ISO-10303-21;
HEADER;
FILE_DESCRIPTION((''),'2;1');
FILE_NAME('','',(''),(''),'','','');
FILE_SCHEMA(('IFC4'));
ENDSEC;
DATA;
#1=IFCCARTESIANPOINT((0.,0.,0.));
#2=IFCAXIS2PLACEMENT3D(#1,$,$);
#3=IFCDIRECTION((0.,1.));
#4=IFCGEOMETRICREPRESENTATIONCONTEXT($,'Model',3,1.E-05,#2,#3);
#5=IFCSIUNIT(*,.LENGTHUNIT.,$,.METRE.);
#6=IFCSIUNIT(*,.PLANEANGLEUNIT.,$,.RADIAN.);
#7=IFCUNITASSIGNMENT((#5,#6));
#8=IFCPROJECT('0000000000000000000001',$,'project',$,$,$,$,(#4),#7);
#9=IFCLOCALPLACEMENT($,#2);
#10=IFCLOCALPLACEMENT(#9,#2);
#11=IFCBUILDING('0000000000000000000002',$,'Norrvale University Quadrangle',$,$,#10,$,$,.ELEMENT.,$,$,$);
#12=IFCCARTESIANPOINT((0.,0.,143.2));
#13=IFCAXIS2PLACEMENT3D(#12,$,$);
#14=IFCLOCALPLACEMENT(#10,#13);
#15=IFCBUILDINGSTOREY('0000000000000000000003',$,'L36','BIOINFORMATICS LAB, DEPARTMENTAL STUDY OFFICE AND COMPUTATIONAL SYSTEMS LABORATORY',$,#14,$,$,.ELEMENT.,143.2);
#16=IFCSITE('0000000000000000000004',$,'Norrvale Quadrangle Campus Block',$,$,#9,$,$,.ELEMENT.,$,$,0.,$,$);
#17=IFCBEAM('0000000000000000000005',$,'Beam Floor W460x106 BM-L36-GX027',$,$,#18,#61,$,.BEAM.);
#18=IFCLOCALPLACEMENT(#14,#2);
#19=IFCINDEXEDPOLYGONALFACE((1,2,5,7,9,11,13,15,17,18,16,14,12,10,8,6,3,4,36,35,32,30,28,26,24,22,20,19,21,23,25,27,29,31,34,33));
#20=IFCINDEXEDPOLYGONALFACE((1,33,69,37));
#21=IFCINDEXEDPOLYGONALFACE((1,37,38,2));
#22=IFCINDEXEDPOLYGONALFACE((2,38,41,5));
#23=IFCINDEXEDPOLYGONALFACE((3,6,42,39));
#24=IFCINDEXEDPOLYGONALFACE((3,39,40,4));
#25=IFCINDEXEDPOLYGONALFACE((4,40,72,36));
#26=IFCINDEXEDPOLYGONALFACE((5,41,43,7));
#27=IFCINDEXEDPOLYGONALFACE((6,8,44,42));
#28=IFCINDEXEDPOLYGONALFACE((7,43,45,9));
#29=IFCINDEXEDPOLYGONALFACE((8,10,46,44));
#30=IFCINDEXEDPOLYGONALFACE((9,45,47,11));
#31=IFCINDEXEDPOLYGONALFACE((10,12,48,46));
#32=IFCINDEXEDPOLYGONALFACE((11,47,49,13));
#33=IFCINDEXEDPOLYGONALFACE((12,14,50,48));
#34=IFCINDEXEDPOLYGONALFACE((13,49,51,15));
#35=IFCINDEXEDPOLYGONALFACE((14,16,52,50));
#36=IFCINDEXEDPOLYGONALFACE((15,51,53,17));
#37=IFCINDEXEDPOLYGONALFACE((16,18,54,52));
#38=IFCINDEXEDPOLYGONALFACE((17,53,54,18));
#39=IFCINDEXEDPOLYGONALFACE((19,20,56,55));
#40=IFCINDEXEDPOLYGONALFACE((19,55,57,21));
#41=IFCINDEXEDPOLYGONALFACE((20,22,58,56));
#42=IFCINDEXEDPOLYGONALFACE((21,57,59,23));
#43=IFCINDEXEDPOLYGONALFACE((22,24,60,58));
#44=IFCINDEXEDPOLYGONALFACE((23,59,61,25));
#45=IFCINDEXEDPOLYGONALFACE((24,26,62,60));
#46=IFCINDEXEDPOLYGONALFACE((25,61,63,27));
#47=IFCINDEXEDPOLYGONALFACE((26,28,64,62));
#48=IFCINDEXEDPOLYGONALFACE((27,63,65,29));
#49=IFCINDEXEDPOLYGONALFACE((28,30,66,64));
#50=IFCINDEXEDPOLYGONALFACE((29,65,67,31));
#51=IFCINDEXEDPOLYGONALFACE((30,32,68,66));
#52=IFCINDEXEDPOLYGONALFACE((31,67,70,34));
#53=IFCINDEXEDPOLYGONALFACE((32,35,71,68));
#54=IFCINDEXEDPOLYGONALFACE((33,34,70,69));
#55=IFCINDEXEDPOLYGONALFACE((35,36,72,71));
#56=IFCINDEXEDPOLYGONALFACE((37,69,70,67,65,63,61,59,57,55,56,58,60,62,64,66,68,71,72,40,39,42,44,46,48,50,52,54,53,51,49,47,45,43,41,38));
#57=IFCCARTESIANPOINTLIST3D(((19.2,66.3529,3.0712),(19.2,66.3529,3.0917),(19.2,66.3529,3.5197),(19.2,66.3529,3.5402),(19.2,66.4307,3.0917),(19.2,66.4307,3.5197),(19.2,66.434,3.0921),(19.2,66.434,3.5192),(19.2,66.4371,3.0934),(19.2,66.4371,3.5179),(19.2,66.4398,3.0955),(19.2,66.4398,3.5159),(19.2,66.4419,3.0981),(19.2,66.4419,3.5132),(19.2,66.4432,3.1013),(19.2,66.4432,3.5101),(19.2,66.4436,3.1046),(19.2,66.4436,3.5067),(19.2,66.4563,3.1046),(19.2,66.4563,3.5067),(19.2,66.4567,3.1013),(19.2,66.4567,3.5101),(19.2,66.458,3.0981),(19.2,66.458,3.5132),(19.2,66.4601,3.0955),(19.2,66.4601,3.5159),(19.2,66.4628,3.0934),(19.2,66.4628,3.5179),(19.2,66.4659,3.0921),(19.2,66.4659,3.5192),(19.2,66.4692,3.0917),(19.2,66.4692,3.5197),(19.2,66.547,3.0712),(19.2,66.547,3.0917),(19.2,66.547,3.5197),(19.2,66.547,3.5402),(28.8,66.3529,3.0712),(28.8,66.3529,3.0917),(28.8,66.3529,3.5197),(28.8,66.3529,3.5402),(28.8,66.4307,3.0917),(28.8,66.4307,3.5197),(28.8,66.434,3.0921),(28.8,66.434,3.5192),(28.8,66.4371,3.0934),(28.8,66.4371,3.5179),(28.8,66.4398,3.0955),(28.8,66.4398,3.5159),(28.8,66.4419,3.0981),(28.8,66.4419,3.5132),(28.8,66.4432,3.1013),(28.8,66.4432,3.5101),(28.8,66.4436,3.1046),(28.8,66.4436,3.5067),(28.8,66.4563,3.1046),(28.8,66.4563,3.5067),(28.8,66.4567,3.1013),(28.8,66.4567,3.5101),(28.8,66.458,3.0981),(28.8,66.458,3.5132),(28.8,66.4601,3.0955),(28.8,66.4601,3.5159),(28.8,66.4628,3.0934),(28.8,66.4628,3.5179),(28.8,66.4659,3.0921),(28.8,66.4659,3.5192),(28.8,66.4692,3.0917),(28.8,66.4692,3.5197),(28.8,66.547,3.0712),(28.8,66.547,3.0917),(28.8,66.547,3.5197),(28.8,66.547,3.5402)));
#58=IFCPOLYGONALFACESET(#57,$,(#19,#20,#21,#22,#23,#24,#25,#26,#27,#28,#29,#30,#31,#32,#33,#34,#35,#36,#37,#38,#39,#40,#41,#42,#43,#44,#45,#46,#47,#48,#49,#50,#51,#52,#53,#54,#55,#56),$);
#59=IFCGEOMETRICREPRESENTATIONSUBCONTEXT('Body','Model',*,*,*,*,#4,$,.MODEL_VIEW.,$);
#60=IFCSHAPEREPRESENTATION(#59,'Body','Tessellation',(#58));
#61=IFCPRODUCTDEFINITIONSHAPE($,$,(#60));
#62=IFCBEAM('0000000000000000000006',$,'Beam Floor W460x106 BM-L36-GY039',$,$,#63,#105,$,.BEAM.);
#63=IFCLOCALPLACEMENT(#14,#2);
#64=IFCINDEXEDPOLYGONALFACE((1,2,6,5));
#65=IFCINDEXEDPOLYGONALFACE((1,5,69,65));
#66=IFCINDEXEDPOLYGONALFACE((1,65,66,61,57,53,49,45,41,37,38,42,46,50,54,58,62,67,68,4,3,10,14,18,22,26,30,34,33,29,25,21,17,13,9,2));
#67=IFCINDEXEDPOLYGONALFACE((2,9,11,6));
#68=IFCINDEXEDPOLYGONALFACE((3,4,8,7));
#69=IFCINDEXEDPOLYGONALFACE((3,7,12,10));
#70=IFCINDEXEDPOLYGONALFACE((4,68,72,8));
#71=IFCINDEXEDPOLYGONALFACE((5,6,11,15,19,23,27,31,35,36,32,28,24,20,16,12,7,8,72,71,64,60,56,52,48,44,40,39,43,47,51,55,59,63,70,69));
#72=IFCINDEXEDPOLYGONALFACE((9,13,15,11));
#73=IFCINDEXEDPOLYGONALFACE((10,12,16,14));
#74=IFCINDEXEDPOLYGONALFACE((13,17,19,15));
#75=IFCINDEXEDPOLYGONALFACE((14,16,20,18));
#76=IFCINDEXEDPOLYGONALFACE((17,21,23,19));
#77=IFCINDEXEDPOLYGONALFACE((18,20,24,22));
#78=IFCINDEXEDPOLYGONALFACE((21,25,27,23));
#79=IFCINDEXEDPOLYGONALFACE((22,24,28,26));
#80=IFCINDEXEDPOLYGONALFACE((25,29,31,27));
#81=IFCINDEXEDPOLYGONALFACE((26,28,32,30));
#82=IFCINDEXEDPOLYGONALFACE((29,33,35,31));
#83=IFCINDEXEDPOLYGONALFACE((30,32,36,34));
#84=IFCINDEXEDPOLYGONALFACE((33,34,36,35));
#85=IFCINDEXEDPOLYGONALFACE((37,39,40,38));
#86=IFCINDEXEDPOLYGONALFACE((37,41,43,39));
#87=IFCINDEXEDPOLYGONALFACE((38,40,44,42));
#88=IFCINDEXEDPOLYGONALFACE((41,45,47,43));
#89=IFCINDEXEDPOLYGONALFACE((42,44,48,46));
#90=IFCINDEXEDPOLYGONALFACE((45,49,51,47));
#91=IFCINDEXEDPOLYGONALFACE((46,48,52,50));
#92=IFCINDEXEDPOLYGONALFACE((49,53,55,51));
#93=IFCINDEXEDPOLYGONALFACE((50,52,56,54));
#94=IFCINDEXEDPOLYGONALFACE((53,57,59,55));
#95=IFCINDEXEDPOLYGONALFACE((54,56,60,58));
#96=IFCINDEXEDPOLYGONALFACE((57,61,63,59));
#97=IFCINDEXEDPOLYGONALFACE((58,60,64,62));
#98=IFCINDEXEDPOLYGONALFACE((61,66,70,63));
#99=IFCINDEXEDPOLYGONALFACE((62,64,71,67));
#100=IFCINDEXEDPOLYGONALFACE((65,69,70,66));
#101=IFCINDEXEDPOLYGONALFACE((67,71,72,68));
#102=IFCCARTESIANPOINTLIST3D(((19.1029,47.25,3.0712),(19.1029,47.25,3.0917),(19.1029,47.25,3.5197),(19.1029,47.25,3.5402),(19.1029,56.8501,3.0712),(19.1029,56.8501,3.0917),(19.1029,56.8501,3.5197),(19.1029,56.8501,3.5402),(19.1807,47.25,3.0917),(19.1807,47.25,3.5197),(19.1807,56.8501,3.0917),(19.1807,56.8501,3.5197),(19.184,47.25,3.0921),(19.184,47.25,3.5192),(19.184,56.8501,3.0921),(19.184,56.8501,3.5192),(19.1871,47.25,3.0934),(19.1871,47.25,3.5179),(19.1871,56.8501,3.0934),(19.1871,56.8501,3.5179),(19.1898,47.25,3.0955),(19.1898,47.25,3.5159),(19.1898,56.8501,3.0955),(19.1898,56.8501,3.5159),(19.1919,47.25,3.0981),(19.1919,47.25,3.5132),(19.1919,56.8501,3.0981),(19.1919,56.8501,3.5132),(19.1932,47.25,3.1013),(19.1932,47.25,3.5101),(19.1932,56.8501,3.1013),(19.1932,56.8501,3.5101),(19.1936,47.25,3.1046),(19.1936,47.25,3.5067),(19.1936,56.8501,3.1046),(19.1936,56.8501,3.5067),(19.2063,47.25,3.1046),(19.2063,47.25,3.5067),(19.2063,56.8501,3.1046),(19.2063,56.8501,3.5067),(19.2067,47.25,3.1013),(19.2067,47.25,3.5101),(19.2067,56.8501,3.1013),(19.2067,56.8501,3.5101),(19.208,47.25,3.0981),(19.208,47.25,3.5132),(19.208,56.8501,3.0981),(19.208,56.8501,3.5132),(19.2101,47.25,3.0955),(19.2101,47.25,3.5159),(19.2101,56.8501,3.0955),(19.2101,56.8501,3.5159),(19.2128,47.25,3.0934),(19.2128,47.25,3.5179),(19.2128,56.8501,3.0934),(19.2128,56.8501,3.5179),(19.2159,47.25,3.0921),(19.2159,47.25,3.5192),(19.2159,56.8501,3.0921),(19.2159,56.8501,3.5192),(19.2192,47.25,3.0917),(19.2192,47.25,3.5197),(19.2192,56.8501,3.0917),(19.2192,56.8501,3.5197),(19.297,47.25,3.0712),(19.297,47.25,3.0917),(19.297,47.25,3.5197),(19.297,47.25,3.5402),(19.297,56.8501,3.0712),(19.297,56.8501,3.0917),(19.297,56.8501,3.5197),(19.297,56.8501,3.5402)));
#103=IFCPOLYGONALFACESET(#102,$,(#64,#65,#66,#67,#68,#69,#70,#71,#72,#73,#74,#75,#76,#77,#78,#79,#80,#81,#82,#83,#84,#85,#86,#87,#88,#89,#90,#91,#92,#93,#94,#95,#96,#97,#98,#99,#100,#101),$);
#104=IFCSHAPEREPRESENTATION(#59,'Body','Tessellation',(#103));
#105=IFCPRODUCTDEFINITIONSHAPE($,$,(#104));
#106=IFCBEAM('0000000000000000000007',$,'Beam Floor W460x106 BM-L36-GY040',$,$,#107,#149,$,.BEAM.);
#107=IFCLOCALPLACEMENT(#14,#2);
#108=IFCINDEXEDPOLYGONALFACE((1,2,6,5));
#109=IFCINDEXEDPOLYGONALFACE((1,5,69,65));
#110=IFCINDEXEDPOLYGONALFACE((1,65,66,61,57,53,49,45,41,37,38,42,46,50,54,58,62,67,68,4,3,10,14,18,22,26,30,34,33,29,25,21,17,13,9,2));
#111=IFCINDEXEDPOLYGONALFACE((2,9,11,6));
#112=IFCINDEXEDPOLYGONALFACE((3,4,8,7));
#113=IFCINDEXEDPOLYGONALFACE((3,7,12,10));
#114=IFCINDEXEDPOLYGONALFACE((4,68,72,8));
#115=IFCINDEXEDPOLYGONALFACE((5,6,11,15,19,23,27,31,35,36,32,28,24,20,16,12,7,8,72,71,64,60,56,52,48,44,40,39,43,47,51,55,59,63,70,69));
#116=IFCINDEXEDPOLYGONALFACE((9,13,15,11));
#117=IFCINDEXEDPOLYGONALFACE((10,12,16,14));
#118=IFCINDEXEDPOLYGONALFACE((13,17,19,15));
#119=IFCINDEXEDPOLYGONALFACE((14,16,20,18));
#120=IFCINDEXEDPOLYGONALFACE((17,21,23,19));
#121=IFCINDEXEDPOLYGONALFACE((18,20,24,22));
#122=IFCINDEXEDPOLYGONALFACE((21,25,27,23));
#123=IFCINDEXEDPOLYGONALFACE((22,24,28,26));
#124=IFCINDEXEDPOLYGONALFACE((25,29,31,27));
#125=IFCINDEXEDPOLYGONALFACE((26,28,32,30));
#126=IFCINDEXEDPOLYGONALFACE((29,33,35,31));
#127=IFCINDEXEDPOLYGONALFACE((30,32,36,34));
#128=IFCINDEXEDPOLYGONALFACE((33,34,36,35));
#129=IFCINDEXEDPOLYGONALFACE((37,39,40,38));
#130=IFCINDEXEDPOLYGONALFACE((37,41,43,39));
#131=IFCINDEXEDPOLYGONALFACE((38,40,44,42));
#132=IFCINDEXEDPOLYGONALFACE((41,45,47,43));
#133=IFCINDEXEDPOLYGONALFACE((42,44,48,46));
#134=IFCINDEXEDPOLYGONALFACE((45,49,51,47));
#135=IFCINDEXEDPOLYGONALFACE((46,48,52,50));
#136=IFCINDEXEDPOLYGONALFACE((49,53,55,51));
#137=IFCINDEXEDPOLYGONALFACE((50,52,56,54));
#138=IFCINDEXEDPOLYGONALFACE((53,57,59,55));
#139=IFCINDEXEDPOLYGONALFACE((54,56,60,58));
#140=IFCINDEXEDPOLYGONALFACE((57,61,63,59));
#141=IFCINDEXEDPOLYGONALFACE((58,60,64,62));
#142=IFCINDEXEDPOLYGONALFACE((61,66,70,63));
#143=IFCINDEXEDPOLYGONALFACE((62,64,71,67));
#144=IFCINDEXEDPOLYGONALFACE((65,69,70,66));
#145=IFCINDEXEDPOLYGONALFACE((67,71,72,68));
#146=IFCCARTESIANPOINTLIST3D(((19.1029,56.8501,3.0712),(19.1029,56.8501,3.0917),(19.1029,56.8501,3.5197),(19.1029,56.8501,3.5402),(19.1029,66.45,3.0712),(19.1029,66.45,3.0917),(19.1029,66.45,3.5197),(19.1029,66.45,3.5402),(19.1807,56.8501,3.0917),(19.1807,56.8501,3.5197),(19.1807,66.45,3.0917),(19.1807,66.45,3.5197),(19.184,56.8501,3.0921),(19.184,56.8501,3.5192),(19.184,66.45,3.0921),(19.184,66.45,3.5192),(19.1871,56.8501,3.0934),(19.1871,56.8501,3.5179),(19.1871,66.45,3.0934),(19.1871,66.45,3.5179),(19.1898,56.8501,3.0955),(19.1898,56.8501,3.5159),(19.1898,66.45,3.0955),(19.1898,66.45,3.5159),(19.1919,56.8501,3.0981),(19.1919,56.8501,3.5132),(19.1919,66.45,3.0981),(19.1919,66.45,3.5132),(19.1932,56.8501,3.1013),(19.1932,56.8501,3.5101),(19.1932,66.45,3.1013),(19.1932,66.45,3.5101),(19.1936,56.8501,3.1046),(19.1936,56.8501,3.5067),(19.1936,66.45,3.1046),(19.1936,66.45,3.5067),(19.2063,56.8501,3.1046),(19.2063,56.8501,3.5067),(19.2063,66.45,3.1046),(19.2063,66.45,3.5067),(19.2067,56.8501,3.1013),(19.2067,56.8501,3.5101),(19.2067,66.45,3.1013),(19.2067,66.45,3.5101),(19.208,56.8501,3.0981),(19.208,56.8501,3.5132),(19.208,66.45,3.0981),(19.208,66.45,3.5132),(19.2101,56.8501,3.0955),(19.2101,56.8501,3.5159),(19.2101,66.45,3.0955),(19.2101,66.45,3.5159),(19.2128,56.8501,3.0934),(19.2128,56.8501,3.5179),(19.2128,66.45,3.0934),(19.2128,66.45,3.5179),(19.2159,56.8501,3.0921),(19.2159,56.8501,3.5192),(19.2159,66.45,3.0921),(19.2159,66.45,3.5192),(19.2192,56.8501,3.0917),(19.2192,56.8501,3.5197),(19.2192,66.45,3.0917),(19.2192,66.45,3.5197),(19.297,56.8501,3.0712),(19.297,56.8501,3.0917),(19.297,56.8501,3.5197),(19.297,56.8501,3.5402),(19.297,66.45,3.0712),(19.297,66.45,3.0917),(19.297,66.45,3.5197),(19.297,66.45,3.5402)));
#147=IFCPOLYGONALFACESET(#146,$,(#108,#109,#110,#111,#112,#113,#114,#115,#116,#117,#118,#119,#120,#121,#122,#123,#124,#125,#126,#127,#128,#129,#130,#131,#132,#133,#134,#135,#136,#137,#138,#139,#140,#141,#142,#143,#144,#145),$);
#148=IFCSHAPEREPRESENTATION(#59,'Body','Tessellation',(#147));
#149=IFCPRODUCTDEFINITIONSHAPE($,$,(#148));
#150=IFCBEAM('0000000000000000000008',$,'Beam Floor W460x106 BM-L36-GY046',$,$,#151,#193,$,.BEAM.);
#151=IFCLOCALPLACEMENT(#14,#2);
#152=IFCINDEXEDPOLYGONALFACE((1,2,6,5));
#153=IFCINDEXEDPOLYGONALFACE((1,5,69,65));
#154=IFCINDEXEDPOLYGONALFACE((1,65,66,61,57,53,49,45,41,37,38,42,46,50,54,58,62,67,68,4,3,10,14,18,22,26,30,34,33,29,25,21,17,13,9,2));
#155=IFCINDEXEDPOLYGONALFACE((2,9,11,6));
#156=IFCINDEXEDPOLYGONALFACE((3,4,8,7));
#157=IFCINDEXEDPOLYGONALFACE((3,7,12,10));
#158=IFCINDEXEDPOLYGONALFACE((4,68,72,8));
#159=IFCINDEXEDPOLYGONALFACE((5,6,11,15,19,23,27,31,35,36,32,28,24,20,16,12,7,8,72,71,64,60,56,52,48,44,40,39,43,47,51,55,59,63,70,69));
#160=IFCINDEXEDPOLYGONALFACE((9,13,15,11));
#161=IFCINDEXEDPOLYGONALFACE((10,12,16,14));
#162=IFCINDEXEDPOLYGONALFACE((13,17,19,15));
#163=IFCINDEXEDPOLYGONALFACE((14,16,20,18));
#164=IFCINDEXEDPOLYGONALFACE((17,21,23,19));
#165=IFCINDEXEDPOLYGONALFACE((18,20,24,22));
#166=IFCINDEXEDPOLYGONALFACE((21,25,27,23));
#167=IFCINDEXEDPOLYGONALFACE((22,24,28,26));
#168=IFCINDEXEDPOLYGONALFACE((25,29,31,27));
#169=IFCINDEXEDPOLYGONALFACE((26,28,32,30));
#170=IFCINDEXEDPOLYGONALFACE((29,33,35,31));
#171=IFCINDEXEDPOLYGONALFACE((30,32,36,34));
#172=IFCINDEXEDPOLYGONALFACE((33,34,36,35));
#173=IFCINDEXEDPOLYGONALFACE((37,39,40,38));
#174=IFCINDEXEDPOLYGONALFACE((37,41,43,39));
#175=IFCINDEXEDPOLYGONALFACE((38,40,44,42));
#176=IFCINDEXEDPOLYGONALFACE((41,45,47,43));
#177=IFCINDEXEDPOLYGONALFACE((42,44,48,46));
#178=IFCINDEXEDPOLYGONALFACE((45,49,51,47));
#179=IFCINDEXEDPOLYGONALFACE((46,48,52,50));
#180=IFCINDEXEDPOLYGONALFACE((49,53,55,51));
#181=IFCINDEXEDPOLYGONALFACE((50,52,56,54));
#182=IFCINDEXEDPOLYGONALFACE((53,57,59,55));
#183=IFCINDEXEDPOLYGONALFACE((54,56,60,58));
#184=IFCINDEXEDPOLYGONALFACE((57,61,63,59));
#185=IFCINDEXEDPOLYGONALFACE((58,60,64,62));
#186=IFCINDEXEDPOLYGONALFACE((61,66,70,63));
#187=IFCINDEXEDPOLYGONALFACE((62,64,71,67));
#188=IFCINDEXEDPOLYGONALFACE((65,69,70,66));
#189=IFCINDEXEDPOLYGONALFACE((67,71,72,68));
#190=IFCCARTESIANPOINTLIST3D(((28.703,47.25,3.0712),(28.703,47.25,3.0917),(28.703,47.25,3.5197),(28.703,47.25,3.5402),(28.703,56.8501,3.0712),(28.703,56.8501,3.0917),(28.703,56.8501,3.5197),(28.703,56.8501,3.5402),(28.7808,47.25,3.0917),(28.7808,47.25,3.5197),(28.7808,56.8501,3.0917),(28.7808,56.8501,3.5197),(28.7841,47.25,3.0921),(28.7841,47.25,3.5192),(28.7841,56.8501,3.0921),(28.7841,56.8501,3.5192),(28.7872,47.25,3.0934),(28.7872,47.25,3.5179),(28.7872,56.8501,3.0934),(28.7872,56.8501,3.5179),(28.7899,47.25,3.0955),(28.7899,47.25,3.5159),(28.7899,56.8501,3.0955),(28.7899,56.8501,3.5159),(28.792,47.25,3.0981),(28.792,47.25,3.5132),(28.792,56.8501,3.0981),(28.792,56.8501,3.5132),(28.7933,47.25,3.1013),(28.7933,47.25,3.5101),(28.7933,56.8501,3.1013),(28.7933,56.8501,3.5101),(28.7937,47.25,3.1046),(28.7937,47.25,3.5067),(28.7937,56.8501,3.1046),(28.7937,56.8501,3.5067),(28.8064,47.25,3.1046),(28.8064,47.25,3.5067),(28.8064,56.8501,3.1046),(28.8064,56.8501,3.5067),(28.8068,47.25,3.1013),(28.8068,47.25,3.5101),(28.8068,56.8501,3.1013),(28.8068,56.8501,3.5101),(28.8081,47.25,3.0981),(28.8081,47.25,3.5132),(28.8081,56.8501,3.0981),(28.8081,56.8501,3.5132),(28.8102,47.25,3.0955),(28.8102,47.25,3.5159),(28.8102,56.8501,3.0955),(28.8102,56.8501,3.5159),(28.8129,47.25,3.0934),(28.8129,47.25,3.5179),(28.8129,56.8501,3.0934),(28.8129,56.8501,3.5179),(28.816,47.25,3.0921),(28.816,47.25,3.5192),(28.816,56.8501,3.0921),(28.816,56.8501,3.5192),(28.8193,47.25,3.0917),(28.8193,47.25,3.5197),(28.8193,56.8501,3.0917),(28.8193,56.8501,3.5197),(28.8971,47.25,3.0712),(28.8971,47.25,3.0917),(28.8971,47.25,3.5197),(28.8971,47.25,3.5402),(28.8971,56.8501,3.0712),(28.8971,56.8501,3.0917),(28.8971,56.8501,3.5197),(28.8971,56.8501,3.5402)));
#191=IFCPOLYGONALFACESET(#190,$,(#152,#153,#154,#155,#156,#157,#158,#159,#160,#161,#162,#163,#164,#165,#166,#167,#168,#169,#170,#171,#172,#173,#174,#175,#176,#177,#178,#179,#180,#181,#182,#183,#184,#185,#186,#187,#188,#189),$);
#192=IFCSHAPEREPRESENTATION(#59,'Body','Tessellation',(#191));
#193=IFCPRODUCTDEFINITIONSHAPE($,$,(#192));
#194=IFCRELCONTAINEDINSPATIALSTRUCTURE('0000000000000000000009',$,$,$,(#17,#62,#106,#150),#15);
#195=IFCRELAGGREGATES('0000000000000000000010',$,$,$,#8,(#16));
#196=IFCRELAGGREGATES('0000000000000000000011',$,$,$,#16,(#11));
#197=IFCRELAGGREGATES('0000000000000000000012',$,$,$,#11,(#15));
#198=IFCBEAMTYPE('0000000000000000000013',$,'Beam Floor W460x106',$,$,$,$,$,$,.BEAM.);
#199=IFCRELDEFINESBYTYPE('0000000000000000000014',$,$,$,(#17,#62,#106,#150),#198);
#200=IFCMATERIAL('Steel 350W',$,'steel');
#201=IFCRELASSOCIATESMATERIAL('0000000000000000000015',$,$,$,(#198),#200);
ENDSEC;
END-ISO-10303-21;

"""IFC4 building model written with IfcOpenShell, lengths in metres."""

from ifc_helpers import new_model, si_unit, direction, frame, origin, origin_2d, place, context, subcontext, project, spatial, i_section, extrude, material, material_profile, profile_set, type_object, element, save


model = new_model("IFC4")

# Units and contexts
model_context = context("Model", 3, precision=1e-05, world=origin(), true_north=direction((0.0, 1.0)))
body_context = subcontext(model_context, "Body", "Model", "MODEL_VIEW")
ifc_project = project(units=[si_unit("LENGTHUNIT", "METRE"), si_unit("PLANEANGLEUNIT", "RADIAN")], contexts=[model_context])

# Site, building, storey
site_placement = place(None, origin())
site = spatial("IfcSite", under=ifc_project, at=site_placement, Name="Norrvale Quadrangle Campus Block", CompositionType="ELEMENT", RefElevation=0.0)
building_placement = place(site_placement, origin())
building = spatial("IfcBuilding", under=site, at=building_placement, Name="Norrvale University Quadrangle", CompositionType="ELEMENT")
storey_placement = place(building_placement, frame((0.0, 0.0, 143.2)))
storey = spatial("IfcBuildingStorey", under=building, at=storey_placement, Name="L36", Description="BIOINFORMATICS LAB, DEPARTMENTAL STUDY OFFICE AND COMPUTATIONAL SYSTEMS LABORATORY", CompositionType="ELEMENT", Elevation=143.2)

# Beams
ifc_material_1 = material(Name="Steel 350W", Category="steel")
ifc_material_profile_1 = material_profile(ifc_material_1, i_section(OverallWidth=0.1941, OverallDepth=0.469, WebThickness=0.0127, FlangeThickness=0.0205, FilletRadius=0.0129, at=origin_2d()), Name="Steel 350W")
ifc_profile_set_1 = profile_set([ifc_material_profile_1], Name="Steel 350W")
beam_type_1 = type_object("IfcBeamType", Name="Beam Floor W460x106", PredefinedType="BEAM", material=ifc_profile_set_1)
for number, where, z_axis, x_axis, name in (
    (1, (19.2, 66.45, 3.3057), (1.0, 0.0, 0.0), (0.0, 1.0, 0.0), "Beam Floor W460x106 BM-L36-GX027"),
    (2, (19.2, 47.25, 3.3057), (0.0, 1.0, 0.0), (-1.0, 0.0, 0.0), "Beam Floor W460x106 BM-L36-GY039"),
):
    element("IfcBeam", number, at=place(storey_placement, frame(where, z_axis=z_axis, x_axis=x_axis)), inside=storey, type_object=beam_type_1, Name=name, PredefinedType="BEAM", context=body_context, shape_type="SweptSolid", body=[
        extrude(i_section(OverallWidth=0.1941, OverallDepth=0.469, WebThickness=0.0127, FlangeThickness=0.0205, FilletRadius=0.0129, at=origin_2d()), origin(), (0.0, 0.0, 1.0), 9.6001),
    ])
beam_1_placement = place(storey_placement, frame((19.2, 56.8501, 3.3057), z_axis=(0.0, 1.0, 0.0), x_axis=(-1.0, 0.0, 0.0)))
element("IfcBeam", 3, at=beam_1_placement, inside=storey, type_object=beam_type_1, Name="Beam Floor W460x106 BM-L36-GY040", PredefinedType="BEAM", context=body_context, shape_type="SweptSolid", body=[
    extrude(i_section(OverallWidth=0.1941, OverallDepth=0.469, WebThickness=0.0127, FlangeThickness=0.0205, FilletRadius=0.0129, at=origin_2d()), origin(), (0.0, 0.0, 1.0), 9.5999),
])
beam_2_placement = place(storey_placement, frame((28.8, 47.25, 3.3057), z_axis=(0.0, 1.0, 0.0), x_axis=(-1.0, 0.0, 0.0)))
element("IfcBeam", 4, at=beam_2_placement, inside=storey, type_object=beam_type_1, Name="Beam Floor W460x106 BM-L36-GY046", PredefinedType="BEAM", context=body_context, shape_type="SweptSolid", body=[
    extrude(i_section(OverallWidth=0.1941, OverallDepth=0.469, WebThickness=0.0127, FlangeThickness=0.0205, FilletRadius=0.0129, at=origin_2d()), origin(), (0.0, 0.0, 1.0), 9.6001),
])

save(model, "model.ifc")
